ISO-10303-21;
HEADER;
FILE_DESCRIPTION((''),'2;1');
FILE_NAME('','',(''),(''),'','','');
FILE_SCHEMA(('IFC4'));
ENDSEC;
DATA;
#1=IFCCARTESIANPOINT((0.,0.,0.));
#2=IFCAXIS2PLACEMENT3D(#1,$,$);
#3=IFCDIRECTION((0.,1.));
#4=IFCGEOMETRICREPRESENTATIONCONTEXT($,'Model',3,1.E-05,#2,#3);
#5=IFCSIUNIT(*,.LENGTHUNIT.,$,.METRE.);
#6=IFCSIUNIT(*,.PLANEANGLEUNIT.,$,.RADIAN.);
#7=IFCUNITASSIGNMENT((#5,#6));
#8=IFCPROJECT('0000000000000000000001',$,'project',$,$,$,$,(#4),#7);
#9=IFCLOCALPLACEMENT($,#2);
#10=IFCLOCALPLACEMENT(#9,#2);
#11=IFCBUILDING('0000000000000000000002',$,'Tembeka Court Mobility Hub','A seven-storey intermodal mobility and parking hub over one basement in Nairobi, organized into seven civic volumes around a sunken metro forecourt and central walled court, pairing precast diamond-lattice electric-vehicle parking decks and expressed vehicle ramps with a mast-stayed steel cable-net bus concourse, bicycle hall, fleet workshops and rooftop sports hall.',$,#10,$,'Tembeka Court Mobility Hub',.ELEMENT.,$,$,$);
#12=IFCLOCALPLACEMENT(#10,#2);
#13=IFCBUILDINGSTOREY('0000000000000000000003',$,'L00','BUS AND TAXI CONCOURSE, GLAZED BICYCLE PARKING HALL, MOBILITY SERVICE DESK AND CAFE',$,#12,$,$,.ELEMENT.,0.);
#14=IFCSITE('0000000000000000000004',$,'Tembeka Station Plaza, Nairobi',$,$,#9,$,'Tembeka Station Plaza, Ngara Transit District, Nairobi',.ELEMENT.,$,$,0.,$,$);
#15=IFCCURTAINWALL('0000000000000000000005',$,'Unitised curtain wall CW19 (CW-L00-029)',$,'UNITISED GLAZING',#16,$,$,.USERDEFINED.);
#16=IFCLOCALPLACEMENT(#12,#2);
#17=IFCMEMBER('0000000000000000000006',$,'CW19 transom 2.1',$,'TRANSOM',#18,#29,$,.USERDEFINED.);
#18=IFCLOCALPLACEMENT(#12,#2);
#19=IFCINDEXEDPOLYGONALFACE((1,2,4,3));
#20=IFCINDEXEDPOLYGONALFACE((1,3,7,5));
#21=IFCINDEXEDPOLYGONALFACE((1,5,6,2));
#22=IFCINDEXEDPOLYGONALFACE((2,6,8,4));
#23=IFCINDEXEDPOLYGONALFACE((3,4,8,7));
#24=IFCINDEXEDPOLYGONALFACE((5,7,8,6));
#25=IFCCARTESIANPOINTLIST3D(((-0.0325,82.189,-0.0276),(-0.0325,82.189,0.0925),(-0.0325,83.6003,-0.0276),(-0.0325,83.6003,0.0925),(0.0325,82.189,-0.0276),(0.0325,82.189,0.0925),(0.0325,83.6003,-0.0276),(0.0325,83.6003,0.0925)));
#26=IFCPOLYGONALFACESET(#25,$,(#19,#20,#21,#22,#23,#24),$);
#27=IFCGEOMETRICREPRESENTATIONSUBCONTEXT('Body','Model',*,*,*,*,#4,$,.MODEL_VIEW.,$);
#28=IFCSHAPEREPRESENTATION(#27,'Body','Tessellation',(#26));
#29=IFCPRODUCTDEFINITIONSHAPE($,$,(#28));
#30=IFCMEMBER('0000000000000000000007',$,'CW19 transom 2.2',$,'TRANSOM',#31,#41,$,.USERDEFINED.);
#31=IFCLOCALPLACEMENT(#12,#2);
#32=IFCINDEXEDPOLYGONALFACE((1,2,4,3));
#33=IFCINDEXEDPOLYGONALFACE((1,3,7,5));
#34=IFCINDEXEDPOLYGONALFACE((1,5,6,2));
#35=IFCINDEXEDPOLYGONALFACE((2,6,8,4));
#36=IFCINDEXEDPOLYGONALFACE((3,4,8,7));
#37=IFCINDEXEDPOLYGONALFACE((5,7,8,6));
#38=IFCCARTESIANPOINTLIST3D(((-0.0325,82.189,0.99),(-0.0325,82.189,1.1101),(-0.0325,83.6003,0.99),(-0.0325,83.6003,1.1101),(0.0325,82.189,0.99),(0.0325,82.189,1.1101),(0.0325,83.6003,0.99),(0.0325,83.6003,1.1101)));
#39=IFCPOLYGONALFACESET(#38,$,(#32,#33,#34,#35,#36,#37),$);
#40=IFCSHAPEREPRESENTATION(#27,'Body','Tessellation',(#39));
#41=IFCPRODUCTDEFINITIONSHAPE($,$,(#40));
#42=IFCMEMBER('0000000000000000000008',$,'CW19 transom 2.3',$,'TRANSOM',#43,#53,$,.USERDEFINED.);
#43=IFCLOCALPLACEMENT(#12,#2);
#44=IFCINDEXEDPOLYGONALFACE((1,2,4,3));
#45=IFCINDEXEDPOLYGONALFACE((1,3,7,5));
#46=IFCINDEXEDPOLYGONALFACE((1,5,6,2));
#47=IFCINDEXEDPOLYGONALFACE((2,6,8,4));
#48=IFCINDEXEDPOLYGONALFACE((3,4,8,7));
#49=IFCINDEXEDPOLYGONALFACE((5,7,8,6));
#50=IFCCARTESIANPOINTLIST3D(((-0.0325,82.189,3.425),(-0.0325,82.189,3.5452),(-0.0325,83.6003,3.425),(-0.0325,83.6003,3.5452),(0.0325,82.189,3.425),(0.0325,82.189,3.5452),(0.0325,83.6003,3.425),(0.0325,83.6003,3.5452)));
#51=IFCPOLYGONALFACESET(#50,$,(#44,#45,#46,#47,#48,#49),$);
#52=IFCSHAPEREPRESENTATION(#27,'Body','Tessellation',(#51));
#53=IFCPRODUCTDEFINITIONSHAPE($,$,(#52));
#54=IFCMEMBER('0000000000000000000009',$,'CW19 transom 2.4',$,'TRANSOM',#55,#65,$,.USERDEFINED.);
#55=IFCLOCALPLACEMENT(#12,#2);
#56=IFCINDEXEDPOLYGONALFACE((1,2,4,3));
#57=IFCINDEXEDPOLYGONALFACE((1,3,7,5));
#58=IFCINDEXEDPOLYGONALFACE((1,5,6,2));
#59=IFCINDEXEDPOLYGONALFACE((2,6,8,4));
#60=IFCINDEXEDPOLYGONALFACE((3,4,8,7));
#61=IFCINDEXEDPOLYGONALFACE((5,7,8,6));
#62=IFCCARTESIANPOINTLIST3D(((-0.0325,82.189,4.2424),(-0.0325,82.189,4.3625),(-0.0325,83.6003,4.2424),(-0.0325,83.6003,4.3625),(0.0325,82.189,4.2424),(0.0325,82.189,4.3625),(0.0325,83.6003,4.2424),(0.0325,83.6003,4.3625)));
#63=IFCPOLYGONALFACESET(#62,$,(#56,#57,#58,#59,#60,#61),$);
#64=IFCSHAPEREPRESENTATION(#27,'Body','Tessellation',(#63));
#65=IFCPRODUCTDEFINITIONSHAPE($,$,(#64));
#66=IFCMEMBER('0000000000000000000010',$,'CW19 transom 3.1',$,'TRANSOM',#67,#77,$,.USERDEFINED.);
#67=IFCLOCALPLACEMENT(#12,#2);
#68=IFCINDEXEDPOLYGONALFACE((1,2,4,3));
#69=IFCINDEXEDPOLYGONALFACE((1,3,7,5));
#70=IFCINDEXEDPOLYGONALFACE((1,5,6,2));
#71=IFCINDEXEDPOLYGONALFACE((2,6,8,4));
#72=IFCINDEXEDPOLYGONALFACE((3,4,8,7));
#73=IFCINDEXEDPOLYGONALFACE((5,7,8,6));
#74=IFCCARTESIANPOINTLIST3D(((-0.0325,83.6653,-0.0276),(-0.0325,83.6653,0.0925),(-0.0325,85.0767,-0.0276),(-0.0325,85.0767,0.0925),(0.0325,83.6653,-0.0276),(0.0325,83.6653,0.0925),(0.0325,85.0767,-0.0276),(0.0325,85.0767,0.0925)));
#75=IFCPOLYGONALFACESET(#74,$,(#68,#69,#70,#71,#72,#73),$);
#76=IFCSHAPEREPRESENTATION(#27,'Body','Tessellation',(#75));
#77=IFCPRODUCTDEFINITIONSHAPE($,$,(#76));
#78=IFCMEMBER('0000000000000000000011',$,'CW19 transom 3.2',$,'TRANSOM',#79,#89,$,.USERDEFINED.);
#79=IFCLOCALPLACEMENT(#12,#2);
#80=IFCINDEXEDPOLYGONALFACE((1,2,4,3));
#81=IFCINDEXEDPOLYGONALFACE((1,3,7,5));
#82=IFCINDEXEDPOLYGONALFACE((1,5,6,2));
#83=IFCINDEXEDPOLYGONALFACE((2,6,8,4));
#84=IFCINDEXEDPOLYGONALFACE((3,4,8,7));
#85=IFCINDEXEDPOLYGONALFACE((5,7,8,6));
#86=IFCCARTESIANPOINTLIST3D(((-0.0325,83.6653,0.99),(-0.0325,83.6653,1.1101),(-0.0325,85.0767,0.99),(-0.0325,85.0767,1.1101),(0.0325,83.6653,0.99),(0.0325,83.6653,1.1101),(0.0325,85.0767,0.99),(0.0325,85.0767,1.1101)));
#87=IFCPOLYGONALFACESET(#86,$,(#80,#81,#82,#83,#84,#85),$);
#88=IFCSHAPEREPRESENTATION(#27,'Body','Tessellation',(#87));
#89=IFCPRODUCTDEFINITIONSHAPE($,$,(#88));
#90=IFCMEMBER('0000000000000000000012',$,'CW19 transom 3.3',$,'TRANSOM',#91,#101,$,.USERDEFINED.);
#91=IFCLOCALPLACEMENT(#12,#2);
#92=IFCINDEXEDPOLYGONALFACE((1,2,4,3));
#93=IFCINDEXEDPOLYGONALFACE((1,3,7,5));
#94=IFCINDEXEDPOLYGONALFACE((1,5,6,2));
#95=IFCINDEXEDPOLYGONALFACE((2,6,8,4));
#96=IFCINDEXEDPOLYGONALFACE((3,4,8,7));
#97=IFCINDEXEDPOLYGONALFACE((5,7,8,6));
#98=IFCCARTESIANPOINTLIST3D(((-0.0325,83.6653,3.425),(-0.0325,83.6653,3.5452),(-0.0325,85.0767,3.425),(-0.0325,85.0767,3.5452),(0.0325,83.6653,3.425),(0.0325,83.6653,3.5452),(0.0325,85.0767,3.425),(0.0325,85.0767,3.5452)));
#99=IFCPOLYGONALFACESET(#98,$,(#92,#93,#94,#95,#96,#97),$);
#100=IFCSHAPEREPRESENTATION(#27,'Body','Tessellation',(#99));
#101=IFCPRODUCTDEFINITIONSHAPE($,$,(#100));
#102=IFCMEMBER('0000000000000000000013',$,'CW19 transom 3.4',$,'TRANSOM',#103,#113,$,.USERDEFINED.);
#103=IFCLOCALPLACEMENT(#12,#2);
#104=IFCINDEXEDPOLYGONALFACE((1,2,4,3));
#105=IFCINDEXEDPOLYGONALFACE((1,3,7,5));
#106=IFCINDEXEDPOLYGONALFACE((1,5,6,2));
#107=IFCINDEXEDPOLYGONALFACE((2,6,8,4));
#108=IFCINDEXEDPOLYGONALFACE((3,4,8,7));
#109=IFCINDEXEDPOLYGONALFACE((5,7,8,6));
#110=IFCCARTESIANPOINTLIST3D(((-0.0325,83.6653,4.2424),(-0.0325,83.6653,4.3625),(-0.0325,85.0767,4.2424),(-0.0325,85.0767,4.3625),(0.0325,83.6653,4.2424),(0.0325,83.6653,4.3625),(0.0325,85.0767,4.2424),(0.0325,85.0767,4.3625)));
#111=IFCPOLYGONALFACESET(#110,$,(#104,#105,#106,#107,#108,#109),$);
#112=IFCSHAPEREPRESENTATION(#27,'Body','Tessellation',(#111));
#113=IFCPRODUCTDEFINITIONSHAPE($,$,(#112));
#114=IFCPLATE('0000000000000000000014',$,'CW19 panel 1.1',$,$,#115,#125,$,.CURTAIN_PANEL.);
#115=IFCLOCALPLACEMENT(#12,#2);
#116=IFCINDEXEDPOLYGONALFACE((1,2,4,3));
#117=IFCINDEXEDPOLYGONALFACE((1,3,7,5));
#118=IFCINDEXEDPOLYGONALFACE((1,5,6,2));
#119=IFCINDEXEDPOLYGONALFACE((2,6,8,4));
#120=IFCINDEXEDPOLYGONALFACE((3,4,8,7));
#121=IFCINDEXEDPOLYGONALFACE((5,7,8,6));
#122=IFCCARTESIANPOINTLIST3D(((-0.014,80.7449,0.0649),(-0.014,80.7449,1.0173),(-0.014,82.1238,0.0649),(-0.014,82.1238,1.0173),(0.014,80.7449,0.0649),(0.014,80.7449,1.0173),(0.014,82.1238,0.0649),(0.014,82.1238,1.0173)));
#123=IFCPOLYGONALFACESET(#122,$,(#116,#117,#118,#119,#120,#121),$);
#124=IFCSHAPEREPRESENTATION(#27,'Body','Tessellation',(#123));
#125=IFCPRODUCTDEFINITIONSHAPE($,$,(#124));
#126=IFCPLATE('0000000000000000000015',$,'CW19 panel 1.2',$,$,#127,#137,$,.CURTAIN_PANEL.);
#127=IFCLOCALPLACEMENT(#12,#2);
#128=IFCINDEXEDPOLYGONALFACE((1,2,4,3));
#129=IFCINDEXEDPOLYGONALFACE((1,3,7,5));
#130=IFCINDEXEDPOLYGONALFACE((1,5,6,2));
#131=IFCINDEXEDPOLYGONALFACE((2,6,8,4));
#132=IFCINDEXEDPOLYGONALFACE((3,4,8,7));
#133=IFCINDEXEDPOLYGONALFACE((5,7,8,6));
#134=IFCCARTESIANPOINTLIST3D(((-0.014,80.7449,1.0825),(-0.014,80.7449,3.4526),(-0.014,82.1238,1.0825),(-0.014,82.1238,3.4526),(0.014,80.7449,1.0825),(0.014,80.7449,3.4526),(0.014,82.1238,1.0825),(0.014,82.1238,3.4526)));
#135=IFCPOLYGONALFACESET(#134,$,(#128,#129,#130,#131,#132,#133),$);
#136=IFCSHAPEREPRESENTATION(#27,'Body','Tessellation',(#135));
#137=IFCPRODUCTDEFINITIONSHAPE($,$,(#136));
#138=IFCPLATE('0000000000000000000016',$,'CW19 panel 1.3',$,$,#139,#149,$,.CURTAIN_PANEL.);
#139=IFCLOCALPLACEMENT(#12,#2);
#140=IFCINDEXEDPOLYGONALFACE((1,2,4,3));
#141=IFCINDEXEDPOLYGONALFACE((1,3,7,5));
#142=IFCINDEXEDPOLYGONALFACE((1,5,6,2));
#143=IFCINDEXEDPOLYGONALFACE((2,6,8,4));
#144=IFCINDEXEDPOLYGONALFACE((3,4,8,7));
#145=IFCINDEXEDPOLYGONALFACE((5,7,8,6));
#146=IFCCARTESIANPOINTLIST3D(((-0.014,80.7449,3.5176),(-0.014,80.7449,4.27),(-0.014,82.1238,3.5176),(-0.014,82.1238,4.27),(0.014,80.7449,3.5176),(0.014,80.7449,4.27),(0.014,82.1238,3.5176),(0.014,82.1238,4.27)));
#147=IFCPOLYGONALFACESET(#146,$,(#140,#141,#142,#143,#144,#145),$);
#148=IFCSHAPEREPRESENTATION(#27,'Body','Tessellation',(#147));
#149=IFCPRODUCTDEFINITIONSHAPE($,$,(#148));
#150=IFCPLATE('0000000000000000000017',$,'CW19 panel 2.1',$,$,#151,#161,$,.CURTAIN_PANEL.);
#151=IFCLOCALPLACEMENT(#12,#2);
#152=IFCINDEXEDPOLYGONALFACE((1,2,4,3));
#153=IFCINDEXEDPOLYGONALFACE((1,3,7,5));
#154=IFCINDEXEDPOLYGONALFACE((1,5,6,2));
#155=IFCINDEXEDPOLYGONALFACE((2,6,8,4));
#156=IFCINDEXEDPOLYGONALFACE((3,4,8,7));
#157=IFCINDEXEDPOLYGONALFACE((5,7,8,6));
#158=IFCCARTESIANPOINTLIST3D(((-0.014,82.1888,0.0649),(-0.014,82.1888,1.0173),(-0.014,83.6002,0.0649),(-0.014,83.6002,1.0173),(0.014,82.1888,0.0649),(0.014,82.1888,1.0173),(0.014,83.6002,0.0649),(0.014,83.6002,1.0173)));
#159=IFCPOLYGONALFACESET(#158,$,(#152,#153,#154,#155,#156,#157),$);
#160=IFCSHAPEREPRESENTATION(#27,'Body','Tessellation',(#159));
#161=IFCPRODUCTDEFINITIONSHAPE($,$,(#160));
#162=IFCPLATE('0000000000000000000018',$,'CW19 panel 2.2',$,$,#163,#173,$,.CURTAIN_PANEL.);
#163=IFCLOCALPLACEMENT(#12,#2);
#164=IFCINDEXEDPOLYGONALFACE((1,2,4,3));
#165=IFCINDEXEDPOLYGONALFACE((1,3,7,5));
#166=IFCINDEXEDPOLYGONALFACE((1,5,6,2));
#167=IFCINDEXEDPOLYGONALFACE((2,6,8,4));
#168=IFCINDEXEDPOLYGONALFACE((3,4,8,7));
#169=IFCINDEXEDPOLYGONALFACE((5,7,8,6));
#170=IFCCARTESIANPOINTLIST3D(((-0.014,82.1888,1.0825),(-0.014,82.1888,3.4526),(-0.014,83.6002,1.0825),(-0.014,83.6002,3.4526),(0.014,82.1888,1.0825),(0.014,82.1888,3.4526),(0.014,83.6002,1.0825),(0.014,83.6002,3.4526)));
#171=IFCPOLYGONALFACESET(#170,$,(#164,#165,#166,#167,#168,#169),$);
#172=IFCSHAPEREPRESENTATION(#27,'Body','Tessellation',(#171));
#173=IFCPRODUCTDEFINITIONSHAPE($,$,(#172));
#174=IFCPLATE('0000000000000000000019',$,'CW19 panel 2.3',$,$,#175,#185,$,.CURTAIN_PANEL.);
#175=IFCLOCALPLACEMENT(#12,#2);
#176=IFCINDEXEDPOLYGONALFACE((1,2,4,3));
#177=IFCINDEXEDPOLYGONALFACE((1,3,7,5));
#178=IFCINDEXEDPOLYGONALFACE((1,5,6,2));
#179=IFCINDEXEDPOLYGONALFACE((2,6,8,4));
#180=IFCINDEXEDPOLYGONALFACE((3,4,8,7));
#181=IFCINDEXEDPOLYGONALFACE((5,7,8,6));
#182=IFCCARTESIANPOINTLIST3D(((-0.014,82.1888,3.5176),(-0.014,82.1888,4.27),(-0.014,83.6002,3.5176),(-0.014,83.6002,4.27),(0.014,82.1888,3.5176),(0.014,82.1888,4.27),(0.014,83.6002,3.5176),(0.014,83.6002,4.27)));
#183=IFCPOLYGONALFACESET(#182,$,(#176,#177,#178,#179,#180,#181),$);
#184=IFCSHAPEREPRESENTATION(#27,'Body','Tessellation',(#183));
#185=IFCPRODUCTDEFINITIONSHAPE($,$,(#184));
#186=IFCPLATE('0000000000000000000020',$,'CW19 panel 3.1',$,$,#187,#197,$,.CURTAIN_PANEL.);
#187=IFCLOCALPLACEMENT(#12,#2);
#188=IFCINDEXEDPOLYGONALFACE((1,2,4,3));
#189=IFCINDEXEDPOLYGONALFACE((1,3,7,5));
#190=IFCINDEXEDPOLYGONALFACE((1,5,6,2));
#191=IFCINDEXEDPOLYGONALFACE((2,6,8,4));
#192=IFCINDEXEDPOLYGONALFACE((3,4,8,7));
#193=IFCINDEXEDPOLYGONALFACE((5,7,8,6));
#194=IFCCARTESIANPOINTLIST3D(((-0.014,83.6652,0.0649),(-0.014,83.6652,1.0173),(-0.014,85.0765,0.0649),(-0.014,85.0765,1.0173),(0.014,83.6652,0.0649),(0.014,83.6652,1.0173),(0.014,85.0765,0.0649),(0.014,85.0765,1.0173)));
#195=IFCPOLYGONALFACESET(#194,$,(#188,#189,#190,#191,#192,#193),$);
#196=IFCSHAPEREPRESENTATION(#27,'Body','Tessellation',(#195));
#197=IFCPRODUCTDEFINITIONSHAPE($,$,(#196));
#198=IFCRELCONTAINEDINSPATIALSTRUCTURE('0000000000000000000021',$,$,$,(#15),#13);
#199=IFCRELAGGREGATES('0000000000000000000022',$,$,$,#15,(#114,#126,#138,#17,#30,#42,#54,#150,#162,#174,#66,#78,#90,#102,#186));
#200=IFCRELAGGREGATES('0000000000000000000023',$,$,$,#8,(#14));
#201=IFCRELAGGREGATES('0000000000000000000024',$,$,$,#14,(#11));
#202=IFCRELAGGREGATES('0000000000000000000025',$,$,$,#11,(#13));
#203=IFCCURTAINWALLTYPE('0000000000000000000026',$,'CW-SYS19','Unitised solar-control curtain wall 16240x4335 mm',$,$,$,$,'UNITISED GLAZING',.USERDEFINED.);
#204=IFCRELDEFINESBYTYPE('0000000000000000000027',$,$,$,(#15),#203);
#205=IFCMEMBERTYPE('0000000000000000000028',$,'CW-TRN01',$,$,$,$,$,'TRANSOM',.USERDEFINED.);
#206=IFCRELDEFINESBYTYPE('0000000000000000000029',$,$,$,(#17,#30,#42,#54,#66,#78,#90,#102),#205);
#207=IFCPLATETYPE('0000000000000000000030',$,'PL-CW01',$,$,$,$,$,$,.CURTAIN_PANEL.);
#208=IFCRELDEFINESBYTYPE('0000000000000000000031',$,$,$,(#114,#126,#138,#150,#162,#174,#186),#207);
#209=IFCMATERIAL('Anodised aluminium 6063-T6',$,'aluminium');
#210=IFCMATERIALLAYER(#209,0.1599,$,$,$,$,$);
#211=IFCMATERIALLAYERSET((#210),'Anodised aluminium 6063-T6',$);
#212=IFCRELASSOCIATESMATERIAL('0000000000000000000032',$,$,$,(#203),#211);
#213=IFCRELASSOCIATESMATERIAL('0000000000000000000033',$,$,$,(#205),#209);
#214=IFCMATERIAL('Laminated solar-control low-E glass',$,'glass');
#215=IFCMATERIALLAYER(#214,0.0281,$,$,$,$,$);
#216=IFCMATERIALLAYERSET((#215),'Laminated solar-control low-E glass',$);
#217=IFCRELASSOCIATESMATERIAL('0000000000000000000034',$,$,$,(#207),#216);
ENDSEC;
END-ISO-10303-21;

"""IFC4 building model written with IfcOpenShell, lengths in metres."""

from ifc_helpers import new_model, si_unit, direction, frame, origin, origin_2d, place, context, subcontext, project, spatial, rectangle, extrude, material, layer, layer_set, material_profile, profile_set, type_object, element, aggregate, save


model = new_model("IFC4")

# Units and contexts
model_context = context("Model", 3, precision=1e-05, world=origin(), true_north=direction((0.0, 1.0)))
body_context = subcontext(model_context, "Body", "Model", "MODEL_VIEW")
ifc_project = project(units=[si_unit("LENGTHUNIT", "METRE"), si_unit("PLANEANGLEUNIT", "RADIAN")], contexts=[model_context])

# Site, building, storey
site_placement = place(None, origin())
site = spatial("IfcSite", under=ifc_project, at=site_placement, Name="Tembeka Station Plaza, Nairobi", LongName="Tembeka Station Plaza, Ngara Transit District, Nairobi", CompositionType="ELEMENT", RefElevation=0.0)
building_placement = place(site_placement, origin())
building = spatial("IfcBuilding", under=site, at=building_placement, Name="Tembeka Court Mobility Hub", Description="A seven-storey intermodal mobility and parking hub over one basement in Nairobi, organized into seven civic volumes around a sunken metro forecourt and central walled court, pairing precast diamond-lattice electric-vehicle parking decks and expressed vehicle ramps with a mast-stayed steel cable-net bus concourse, bicycle hall, fleet workshops and rooftop sports hall.", LongName="Tembeka Court Mobility Hub", CompositionType="ELEMENT")
storey_placement = place(building_placement, origin())
storey = spatial("IfcBuildingStorey", under=building, at=storey_placement, Name="L00", Description="BUS AND TAXI CONCOURSE, GLAZED BICYCLE PARKING HALL, MOBILITY SERVICE DESK AND CAFE", CompositionType="ELEMENT", Elevation=0.0)

# Curtain wall, members, plates
ifc_material_1 = material(Name="Anodised aluminium 6063-T6", Category="aluminium")
ifc_layer_1 = layer(ifc_material_1, 0.1599)
ifc_layer_set_1 = layer_set([ifc_layer_1], Name="Anodised aluminium 6063-T6")
curtain_wall_type = type_object("IfcCurtainWallType", Name="CW-SYS19", Description="Unitised solar-control curtain wall 16240x4335 mm", ElementType="UNITISED GLAZING", PredefinedType="USERDEFINED", material=ifc_layer_set_1)
curtain_wall_placement = place(storey_placement, origin())
curtain_wall = element("IfcCurtainWall", 1, at=curtain_wall_placement, inside=storey, type_object=curtain_wall_type, Name="Unitised curtain wall CW19 (CW-L00-029)", ObjectType="UNITISED GLAZING", PredefinedType="USERDEFINED")
ifc_material_profile_1 = material_profile(ifc_material_1, rectangle(XDim=0.0649, YDim=0.1201, at=origin_2d()), Name="ALU-TRN 65x120")
ifc_profile_set_1 = profile_set([ifc_material_profile_1], Name="Anodised aluminium 6063-T6")
member_type_1 = type_object("IfcMemberType", Name="CW-TRN01", ElementType="TRANSOM", PredefinedType="USERDEFINED", material=ifc_profile_set_1)
member_1_placement = place(storey_placement, frame((0.0, 82.189, 0.0325), z_axis=(0.0, 1.0, 0.0), x_axis=(-1.0, 0.0, 0.0)))
member_1 = element("IfcMember", 2, at=member_1_placement, type_object=member_type_1, Name="CW19 transom 2.1", ObjectType="TRANSOM", PredefinedType="USERDEFINED", context=body_context, shape_type="SweptSolid", body=[
    extrude(rectangle(XDim=0.0649, YDim=0.1201, at=origin_2d()), origin(), (0.0, 0.0, 1.0), 1.4114),
])
member_2_placement = place(storey_placement, frame((0.0, 82.189, 1.05), z_axis=(0.0, 1.0, 0.0), x_axis=(-1.0, 0.0, 0.0)))
member_2 = element("IfcMember", 3, at=member_2_placement, type_object=member_type_1, Name="CW19 transom 2.2", ObjectType="TRANSOM", PredefinedType="USERDEFINED", context=body_context, shape_type="SweptSolid", body=[
    extrude(rectangle(XDim=0.0649, YDim=0.1201, at=origin_2d()), origin(), (0.0, 0.0, 1.0), 1.4114),
])
member_3_placement = place(storey_placement, frame((0.0, 82.189, 3.4851), z_axis=(0.0, 1.0, 0.0), x_axis=(-1.0, 0.0, 0.0)))
member_3 = element("IfcMember", 4, at=member_3_placement, type_object=member_type_1, Name="CW19 transom 2.3", ObjectType="TRANSOM", PredefinedType="USERDEFINED", context=body_context, shape_type="SweptSolid", body=[
    extrude(rectangle(XDim=0.0649, YDim=0.1201, at=origin_2d()), origin(), (0.0, 0.0, 1.0), 1.4114),
])
member_4_placement = place(storey_placement, frame((0.0, 82.189, 4.3025), z_axis=(0.0, 1.0, 0.0), x_axis=(-1.0, 0.0, 0.0)))
member_4 = element("IfcMember", 5, at=member_4_placement, type_object=member_type_1, Name="CW19 transom 2.4", ObjectType="TRANSOM", PredefinedType="USERDEFINED", context=body_context, shape_type="SweptSolid", body=[
    extrude(rectangle(XDim=0.0649, YDim=0.1201, at=origin_2d()), origin(), (0.0, 0.0, 1.0), 1.4114),
])
member_5_placement = place(storey_placement, frame((0.0, 83.6653, 0.0325), z_axis=(0.0, 1.0, 0.0), x_axis=(-1.0, 0.0, 0.0)))
member_5 = element("IfcMember", 6, at=member_5_placement, type_object=member_type_1, Name="CW19 transom 3.1", ObjectType="TRANSOM", PredefinedType="USERDEFINED", context=body_context, shape_type="SweptSolid", body=[
    extrude(rectangle(XDim=0.0649, YDim=0.1201, at=origin_2d()), origin(), (0.0, 0.0, 1.0), 1.4114),
])
member_6_placement = place(storey_placement, frame((0.0, 83.6653, 1.05), z_axis=(0.0, 1.0, 0.0), x_axis=(-1.0, 0.0, 0.0)))
member_6 = element("IfcMember", 7, at=member_6_placement, type_object=member_type_1, Name="CW19 transom 3.2", ObjectType="TRANSOM", PredefinedType="USERDEFINED", context=body_context, shape_type="SweptSolid", body=[
    extrude(rectangle(XDim=0.0649, YDim=0.1201, at=origin_2d()), origin(), (0.0, 0.0, 1.0), 1.4114),
])
member_7_placement = place(storey_placement, frame((0.0, 83.6653, 3.4851), z_axis=(0.0, 1.0, 0.0), x_axis=(-1.0, 0.0, 0.0)))
member_7 = element("IfcMember", 8, at=member_7_placement, type_object=member_type_1, Name="CW19 transom 3.3", ObjectType="TRANSOM", PredefinedType="USERDEFINED", context=body_context, shape_type="SweptSolid", body=[
    extrude(rectangle(XDim=0.0649, YDim=0.1201, at=origin_2d()), origin(), (0.0, 0.0, 1.0), 1.4114),
])
member_8_placement = place(storey_placement, frame((0.0, 83.6653, 4.3025), z_axis=(0.0, 1.0, 0.0), x_axis=(-1.0, 0.0, 0.0)))
member_8 = element("IfcMember", 9, at=member_8_placement, type_object=member_type_1, Name="CW19 transom 3.4", ObjectType="TRANSOM", PredefinedType="USERDEFINED", context=body_context, shape_type="SweptSolid", body=[
    extrude(rectangle(XDim=0.0649, YDim=0.1201, at=origin_2d()), origin(), (0.0, 0.0, 1.0), 1.4114),
])
ifc_material_2 = material(Name="Laminated solar-control low-E glass", Category="glass")
ifc_layer_2 = layer(ifc_material_2, 0.0281)
ifc_layer_set_2 = layer_set([ifc_layer_2], Name="Laminated solar-control low-E glass")
plate_type = type_object("IfcPlateType", Name="PL-CW01", PredefinedType="CURTAIN_PANEL", material=ifc_layer_set_2)
plate_1_placement = place(storey_placement, frame((0.0, 81.4343, 0.0649), z_axis=(0.0, 0.0, 1.0), x_axis=(0.0, 1.0, 0.0)))
plate_1 = element("IfcPlate", 10, at=plate_1_placement, type_object=plate_type, Name="CW19 panel 1.1", PredefinedType="CURTAIN_PANEL", context=body_context, shape_type="SweptSolid", body=[
    extrude(rectangle(XDim=1.3789, YDim=0.0281, at=origin_2d()), origin(), (0.0, 0.0, 1.0), 0.9524),
])
plate_2_placement = place(storey_placement, frame((0.0, 81.4343, 1.0825), z_axis=(0.0, 0.0, 1.0), x_axis=(0.0, 1.0, 0.0)))
plate_2 = element("IfcPlate", 11, at=plate_2_placement, type_object=plate_type, Name="CW19 panel 1.2", PredefinedType="CURTAIN_PANEL", context=body_context, shape_type="SweptSolid", body=[
    extrude(rectangle(XDim=1.3789, YDim=0.0281, at=origin_2d()), origin(), (0.0, 0.0, 1.0), 2.3701),
])
plate_3_placement = place(storey_placement, frame((0.0, 81.4343, 3.5176), z_axis=(0.0, 0.0, 1.0), x_axis=(0.0, 1.0, 0.0)))
plate_3 = element("IfcPlate", 12, at=plate_3_placement, type_object=plate_type, Name="CW19 panel 1.3", PredefinedType="CURTAIN_PANEL", context=body_context, shape_type="SweptSolid", body=[
    extrude(rectangle(XDim=1.3789, YDim=0.0281, at=origin_2d()), origin(), (0.0, 0.0, 1.0), 0.7524),
])
plate_4_placement = place(storey_placement, frame((0.0, 82.8945, 0.0649), z_axis=(0.0, 0.0, 1.0), x_axis=(0.0, 1.0, 0.0)))
plate_4 = element("IfcPlate", 13, at=plate_4_placement, type_object=plate_type, Name="CW19 panel 2.1", PredefinedType="CURTAIN_PANEL", context=body_context, shape_type="SweptSolid", body=[
    extrude(rectangle(XDim=1.4114, YDim=0.0281, at=origin_2d()), origin(), (0.0, 0.0, 1.0), 0.9524),
])
plate_5_placement = place(storey_placement, frame((0.0, 82.8945, 1.0825), z_axis=(0.0, 0.0, 1.0), x_axis=(0.0, 1.0, 0.0)))
plate_5 = element("IfcPlate", 14, at=plate_5_placement, type_object=plate_type, Name="CW19 panel 2.2", PredefinedType="CURTAIN_PANEL", context=body_context, shape_type="SweptSolid", body=[
    extrude(rectangle(XDim=1.4114, YDim=0.0281, at=origin_2d()), origin(), (0.0, 0.0, 1.0), 2.3701),
])
plate_6_placement = place(storey_placement, frame((0.0, 82.8945, 3.5176), z_axis=(0.0, 0.0, 1.0), x_axis=(0.0, 1.0, 0.0)))
plate_6 = element("IfcPlate", 15, at=plate_6_placement, type_object=plate_type, Name="CW19 panel 2.3", PredefinedType="CURTAIN_PANEL", context=body_context, shape_type="SweptSolid", body=[
    extrude(rectangle(XDim=1.4114, YDim=0.0281, at=origin_2d()), origin(), (0.0, 0.0, 1.0), 0.7524),
])
plate_7_placement = place(storey_placement, frame((0.0, 84.3708, 0.0649), z_axis=(0.0, 0.0, 1.0), x_axis=(0.0, 1.0, 0.0)))
plate_7 = element("IfcPlate", 16, at=plate_7_placement, type_object=plate_type, Name="CW19 panel 3.1", PredefinedType="CURTAIN_PANEL", context=body_context, shape_type="SweptSolid", body=[
    extrude(rectangle(XDim=1.4114, YDim=0.0281, at=origin_2d()), origin(), (0.0, 0.0, 1.0), 0.9524),
])
aggregate(curtain_wall, [plate_1, plate_2, plate_3, member_1, member_2, member_3, member_4, plate_4, plate_5, plate_6, member_5, member_6, member_7, member_8, plate_7])

save(model, "model.ifc")
